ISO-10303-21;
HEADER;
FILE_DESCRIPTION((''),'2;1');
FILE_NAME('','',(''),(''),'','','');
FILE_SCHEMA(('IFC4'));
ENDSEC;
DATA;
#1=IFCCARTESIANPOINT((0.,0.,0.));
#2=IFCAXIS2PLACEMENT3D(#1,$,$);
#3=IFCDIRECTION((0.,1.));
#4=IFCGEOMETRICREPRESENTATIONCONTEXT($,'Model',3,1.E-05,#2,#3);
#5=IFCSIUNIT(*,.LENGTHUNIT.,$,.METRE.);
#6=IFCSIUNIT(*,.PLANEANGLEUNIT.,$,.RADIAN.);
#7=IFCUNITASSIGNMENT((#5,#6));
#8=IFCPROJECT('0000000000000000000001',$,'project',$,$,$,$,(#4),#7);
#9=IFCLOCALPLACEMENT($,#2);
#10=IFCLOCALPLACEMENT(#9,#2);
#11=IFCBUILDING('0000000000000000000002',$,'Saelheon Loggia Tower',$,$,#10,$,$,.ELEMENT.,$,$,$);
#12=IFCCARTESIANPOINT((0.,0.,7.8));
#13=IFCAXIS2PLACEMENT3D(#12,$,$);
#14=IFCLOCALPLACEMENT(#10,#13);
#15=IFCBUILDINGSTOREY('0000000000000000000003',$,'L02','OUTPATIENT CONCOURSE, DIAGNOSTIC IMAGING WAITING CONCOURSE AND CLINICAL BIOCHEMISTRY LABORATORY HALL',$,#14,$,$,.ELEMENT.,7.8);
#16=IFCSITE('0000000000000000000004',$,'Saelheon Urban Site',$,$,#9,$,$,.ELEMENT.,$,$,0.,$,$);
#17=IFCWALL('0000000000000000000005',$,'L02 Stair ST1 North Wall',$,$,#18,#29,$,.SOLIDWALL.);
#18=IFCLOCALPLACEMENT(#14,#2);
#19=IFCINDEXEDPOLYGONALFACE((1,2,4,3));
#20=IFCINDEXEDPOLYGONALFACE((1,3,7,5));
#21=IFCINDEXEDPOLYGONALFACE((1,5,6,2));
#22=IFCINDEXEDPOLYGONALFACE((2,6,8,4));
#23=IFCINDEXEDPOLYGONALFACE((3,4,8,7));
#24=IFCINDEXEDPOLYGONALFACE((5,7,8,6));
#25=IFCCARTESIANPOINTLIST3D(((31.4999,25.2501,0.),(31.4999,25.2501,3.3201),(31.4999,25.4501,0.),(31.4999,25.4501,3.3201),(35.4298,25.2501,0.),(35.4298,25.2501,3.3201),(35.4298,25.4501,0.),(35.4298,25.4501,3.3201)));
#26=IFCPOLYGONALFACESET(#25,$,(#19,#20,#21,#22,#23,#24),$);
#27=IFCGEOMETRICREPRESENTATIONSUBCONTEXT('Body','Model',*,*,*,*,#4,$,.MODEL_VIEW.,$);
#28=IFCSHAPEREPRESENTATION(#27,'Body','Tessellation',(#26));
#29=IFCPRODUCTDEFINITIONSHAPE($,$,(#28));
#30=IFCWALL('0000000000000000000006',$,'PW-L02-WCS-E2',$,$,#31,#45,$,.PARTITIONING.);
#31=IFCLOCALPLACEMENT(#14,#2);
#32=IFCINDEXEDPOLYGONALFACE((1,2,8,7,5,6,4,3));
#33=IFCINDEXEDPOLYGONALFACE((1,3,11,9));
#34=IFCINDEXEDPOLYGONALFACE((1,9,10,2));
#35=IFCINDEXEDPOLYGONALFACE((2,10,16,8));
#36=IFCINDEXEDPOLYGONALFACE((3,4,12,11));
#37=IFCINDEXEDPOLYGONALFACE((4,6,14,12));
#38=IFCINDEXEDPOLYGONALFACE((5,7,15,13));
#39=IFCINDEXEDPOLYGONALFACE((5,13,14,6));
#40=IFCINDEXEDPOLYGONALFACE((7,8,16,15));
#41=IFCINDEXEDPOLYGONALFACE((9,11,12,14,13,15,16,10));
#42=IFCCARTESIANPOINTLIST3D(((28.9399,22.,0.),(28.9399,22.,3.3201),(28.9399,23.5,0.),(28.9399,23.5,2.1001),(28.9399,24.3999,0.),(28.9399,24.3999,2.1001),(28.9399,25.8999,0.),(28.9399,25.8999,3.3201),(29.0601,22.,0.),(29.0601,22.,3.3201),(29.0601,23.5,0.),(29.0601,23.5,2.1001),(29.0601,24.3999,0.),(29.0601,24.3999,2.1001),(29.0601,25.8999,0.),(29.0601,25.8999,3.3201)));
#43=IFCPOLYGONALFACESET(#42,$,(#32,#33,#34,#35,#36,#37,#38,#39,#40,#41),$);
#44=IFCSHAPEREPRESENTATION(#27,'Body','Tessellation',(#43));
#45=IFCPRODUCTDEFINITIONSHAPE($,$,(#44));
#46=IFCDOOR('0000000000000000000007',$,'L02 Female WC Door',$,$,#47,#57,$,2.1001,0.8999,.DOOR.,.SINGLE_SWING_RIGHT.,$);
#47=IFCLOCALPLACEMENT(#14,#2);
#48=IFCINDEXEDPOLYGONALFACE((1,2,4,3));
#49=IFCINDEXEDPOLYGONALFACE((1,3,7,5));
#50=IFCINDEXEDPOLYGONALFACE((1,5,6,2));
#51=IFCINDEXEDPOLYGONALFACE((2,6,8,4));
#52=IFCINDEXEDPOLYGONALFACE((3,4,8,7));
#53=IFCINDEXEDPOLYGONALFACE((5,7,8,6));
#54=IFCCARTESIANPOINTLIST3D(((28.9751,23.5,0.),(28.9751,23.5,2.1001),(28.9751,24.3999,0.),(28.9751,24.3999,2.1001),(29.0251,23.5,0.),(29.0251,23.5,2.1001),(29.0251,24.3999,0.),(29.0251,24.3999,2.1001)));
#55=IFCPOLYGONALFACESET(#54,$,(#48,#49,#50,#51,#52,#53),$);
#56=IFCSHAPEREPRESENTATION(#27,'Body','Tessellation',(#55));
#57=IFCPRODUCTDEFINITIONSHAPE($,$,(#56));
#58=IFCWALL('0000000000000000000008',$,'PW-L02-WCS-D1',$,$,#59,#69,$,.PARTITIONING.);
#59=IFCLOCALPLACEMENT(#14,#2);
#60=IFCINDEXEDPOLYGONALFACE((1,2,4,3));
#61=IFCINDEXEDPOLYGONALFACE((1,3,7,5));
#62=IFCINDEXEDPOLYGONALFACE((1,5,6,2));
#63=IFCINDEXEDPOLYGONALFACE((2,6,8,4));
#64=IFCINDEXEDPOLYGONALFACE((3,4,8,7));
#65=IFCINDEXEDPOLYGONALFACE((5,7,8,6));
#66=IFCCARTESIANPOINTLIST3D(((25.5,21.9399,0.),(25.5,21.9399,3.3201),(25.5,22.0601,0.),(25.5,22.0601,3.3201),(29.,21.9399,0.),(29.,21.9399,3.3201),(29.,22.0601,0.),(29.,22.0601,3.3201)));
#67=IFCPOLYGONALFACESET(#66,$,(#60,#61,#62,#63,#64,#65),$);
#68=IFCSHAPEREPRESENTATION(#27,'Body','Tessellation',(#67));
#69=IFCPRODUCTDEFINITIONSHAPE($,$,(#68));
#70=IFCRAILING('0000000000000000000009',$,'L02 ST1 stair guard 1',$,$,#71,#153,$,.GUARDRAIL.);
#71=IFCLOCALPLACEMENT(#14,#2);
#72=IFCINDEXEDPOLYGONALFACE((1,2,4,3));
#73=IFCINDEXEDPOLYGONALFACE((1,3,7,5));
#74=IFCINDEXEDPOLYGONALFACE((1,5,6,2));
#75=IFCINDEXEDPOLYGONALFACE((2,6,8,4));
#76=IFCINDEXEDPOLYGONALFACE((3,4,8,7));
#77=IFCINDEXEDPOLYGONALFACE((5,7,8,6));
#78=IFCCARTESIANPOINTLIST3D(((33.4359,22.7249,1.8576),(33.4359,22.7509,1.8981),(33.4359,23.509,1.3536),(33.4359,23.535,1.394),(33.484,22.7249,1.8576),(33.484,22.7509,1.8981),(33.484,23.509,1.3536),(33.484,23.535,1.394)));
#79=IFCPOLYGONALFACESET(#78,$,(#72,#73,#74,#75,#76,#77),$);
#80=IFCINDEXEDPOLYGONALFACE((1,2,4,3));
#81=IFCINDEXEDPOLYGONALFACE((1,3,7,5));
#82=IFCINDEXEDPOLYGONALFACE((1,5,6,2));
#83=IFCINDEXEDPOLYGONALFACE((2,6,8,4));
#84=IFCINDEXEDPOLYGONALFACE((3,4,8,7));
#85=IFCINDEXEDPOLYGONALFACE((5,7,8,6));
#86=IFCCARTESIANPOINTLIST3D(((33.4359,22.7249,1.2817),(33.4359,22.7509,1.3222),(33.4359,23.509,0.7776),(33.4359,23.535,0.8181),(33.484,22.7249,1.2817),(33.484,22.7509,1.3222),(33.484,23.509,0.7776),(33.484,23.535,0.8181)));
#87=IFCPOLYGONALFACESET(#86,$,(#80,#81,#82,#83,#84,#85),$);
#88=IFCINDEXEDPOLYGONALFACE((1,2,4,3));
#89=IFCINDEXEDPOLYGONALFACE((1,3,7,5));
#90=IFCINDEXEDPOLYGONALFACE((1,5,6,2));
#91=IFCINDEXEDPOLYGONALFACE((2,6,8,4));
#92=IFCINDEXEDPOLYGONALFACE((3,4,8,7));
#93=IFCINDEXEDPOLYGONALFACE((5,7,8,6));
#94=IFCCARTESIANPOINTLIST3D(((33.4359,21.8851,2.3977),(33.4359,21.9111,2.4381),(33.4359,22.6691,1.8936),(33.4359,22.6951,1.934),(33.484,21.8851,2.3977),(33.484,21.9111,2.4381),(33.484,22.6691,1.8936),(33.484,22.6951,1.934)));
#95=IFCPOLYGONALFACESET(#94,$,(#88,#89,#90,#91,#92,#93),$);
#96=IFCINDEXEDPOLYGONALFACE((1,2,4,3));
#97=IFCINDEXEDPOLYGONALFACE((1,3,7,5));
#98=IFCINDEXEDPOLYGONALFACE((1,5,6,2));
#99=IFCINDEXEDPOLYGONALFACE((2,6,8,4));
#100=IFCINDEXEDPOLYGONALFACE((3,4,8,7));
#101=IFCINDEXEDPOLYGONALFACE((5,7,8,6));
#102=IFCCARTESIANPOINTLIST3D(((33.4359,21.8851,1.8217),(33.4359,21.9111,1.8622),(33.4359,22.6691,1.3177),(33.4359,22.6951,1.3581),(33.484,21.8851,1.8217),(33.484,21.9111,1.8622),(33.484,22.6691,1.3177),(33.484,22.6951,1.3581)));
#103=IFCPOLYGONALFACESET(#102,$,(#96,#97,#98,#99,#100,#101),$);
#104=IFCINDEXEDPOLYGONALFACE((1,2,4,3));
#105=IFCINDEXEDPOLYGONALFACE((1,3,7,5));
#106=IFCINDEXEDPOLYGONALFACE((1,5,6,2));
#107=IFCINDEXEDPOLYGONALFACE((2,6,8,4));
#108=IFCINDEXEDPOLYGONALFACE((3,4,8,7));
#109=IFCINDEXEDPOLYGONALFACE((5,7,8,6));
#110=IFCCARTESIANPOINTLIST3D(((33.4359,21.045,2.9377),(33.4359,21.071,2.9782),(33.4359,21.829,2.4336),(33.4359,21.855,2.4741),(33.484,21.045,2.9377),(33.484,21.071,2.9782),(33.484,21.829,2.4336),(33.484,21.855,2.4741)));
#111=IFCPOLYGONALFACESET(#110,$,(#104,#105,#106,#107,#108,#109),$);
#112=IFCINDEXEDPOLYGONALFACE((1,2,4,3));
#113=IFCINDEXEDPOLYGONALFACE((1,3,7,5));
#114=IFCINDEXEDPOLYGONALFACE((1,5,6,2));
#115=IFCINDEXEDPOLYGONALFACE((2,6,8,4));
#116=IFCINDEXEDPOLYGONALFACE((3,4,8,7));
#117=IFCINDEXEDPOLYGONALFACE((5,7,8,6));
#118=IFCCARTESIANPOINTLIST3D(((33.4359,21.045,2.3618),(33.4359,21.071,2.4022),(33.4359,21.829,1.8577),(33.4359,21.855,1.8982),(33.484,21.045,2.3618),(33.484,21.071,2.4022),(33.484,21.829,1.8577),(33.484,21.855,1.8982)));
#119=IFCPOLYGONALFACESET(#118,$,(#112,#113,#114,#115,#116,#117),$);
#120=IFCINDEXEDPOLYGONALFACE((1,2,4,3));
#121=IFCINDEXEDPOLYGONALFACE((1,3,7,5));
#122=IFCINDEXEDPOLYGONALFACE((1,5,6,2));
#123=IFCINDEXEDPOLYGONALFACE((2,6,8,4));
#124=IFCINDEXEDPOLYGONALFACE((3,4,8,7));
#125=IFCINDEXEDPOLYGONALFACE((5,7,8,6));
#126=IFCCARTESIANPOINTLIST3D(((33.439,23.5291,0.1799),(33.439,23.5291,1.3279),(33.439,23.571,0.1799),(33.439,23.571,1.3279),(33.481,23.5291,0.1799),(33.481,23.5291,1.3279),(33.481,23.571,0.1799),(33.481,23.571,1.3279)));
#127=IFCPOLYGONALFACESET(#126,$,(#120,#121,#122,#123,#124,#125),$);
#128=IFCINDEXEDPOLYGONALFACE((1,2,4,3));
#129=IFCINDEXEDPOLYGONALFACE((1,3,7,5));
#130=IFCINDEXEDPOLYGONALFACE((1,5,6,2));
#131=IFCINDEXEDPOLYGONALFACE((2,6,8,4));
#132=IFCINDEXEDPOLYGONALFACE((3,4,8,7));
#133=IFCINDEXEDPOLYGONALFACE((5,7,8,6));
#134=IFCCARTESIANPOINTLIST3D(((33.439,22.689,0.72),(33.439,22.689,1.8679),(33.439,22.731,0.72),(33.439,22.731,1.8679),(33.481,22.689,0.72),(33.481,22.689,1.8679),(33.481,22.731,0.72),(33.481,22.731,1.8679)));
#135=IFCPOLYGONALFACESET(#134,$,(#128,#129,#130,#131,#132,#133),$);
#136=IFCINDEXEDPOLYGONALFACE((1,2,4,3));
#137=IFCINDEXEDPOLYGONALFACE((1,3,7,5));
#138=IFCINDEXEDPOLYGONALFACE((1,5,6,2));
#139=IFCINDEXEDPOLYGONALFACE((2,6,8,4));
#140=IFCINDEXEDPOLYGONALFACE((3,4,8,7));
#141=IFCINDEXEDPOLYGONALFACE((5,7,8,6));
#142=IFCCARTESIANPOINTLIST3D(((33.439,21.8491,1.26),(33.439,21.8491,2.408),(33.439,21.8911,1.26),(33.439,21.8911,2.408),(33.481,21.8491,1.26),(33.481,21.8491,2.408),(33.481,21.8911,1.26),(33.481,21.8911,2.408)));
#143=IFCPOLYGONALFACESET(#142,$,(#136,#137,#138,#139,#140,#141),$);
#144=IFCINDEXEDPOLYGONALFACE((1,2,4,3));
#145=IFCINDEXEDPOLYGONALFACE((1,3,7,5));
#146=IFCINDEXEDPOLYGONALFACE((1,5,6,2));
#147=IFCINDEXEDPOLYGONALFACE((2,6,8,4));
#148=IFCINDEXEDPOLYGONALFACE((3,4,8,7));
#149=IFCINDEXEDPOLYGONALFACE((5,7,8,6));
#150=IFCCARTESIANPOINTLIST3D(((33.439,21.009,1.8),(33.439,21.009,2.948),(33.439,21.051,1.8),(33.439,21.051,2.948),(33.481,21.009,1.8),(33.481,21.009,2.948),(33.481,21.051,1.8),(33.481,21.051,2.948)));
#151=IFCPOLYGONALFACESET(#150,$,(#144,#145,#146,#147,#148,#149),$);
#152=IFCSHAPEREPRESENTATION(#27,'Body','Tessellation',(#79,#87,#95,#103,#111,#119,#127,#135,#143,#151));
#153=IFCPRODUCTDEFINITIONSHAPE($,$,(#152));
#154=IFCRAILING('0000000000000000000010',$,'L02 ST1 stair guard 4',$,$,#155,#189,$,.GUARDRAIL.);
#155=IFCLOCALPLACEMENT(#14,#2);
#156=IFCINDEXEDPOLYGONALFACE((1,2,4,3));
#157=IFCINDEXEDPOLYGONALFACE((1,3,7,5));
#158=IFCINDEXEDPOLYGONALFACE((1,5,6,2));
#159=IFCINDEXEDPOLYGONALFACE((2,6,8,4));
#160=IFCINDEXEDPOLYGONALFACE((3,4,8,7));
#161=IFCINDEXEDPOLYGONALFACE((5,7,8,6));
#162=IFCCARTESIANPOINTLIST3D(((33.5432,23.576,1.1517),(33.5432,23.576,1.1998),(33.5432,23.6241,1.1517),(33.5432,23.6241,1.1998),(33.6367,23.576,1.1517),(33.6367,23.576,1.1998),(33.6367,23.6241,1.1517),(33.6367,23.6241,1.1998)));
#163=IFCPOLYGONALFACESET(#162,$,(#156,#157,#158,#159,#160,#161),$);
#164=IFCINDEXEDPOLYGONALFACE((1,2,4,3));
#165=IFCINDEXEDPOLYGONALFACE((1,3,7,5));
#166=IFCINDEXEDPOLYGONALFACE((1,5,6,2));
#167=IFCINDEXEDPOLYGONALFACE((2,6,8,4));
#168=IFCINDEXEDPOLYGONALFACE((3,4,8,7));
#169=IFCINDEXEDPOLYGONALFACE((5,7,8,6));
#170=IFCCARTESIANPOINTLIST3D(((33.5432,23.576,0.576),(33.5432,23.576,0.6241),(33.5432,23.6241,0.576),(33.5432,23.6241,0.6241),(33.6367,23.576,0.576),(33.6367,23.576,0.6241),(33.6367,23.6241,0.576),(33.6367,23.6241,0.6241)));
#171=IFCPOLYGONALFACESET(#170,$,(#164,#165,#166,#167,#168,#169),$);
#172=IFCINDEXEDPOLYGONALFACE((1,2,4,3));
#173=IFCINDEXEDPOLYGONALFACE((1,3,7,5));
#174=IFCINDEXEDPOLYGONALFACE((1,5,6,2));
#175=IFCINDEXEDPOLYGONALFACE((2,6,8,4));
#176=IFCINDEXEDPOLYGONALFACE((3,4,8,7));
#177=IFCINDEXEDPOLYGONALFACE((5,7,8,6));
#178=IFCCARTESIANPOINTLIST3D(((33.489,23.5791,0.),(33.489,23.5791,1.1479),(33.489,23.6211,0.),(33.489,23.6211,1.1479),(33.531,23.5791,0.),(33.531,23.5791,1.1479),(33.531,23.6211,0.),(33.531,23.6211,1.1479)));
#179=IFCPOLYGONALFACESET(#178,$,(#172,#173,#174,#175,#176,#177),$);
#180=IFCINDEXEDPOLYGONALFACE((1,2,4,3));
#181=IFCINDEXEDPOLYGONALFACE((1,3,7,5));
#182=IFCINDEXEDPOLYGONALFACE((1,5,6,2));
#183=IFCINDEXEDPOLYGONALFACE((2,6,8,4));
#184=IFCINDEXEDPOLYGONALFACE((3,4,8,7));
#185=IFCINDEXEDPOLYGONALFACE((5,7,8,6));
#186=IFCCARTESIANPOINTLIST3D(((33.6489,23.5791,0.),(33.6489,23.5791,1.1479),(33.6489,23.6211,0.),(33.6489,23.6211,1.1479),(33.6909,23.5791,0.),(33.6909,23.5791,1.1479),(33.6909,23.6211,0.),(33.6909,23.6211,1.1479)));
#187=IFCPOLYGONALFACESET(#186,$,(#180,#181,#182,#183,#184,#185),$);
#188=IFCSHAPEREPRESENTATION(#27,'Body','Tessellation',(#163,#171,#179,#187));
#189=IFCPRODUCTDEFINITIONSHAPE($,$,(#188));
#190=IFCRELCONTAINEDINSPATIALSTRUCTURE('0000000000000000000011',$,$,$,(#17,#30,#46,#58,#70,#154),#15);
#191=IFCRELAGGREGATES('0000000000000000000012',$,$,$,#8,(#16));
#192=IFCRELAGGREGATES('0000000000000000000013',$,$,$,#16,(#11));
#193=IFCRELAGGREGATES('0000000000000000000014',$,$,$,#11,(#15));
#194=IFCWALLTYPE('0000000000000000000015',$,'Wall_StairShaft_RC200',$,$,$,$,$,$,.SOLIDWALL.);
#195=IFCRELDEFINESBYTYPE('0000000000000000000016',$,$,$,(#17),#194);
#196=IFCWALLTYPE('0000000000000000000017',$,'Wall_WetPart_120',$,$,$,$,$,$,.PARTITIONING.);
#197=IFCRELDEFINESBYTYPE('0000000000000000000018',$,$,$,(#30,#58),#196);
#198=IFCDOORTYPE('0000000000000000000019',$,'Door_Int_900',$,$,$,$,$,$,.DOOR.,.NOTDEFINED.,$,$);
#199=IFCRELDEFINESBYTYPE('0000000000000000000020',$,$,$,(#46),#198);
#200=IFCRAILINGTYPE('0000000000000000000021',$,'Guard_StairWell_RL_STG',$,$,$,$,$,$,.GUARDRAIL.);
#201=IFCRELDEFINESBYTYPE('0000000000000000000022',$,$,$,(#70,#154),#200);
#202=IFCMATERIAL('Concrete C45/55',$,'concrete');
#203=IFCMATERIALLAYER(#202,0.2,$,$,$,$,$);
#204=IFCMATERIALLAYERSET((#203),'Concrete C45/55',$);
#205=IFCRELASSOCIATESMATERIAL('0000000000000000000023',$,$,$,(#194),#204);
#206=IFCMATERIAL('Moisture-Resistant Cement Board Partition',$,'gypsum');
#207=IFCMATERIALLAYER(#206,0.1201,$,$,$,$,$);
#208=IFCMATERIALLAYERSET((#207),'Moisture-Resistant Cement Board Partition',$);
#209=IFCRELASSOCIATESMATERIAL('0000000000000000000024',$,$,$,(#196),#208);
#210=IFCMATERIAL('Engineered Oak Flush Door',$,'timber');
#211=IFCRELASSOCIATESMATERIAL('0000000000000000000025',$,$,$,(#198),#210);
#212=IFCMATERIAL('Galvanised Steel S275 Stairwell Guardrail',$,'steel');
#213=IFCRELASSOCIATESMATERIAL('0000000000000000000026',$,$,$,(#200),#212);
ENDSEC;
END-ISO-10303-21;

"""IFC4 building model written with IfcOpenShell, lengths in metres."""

from ifc_helpers import new_model, si_unit, direction, frame, frame_2d, origin, origin_2d, place, context, subcontext, project, spatial, rectangle, extrude, source, transform, mapped, material, layer, layer_set, type_object, element, fill, save


model = new_model("IFC4")

# Units and contexts
model_context = context("Model", 3, precision=1e-05, world=origin(), true_north=direction((0.0, 1.0)))
body_context = subcontext(model_context, "Body", "Model", "MODEL_VIEW")
ifc_project = project(units=[si_unit("LENGTHUNIT", "METRE"), si_unit("PLANEANGLEUNIT", "RADIAN")], contexts=[model_context])

# Site, building, storey
site_placement = place(None, origin())
site = spatial("IfcSite", under=ifc_project, at=site_placement, Name="Saelheon Urban Site", CompositionType="ELEMENT", RefElevation=0.0)
building_placement = place(site_placement, origin())
building = spatial("IfcBuilding", under=site, at=building_placement, Name="Saelheon Loggia Tower", CompositionType="ELEMENT")
storey_placement = place(building_placement, frame((0.0, 0.0, 7.8)))
storey = spatial("IfcBuildingStorey", under=building, at=storey_placement, Name="L02", Description="OUTPATIENT CONCOURSE, DIAGNOSTIC IMAGING WAITING CONCOURSE AND CLINICAL BIOCHEMISTRY LABORATORY HALL", CompositionType="ELEMENT", Elevation=7.8)

# Wall
ifc_material_1 = material(Name="Concrete C45/55", Category="concrete")
ifc_layer_1 = layer(ifc_material_1, 0.2)
ifc_layer_set_1 = layer_set([ifc_layer_1], Name="Concrete C45/55")
wall_type_1 = type_object("IfcWallType", Name="Wall_StairShaft_RC200", PredefinedType="SOLIDWALL", material=ifc_layer_set_1)
wall_1_placement = place(storey_placement, frame((31.5, 25.3501, 0.0), z_axis=(0.0, 0.0, 1.0), x_axis=(1.0, 0.0, 0.0)))
element("IfcWall", 1, at=wall_1_placement, inside=storey, type_object=wall_type_1, Name="L02 Stair ST1 North Wall", PredefinedType="SOLIDWALL", context=body_context, shape_type="SweptSolid", body=[
    extrude(rectangle(XDim=3.9299, YDim=0.2, at=frame_2d((1.9648, 0.0))), origin(), (0.0, 0.0, 1.0), 3.3201),
])

# Wall, opening, door
ifc_material_2 = material(Name="Moisture-Resistant Cement Board Partition", Category="gypsum")
ifc_layer_2 = layer(ifc_material_2, 0.1201)
ifc_layer_set_2 = layer_set([ifc_layer_2], Name="Moisture-Resistant Cement Board Partition")
wall_type_2 = type_object("IfcWallType", Name="Wall_WetPart_120", PredefinedType="PARTITIONING", material=ifc_layer_set_2)
wall_2_placement = place(storey_placement, frame((29.0, 22.0, 0.0), z_axis=(0.0, 0.0, 1.0), x_axis=(0.0, 1.0, 0.0)))
wall_2 = element("IfcWall", 2, at=wall_2_placement, inside=storey, type_object=wall_type_2, Name="PW-L02-WCS-E2", PredefinedType="PARTITIONING", context=body_context, shape_type="SweptSolid", body=[
    extrude(rectangle(XDim=3.8999, YDim=0.1201, at=frame_2d((1.95, 0.0))), origin(), (0.0, 0.0, 1.0), 3.3201),
])
opening_1_placement = place(wall_2_placement, frame((1.5, 0.0, 0.0)))
opening_1 = element("IfcOpeningElement", 3, at=opening_1_placement, cuts=wall_2, PredefinedType="OPENING", context=body_context, shape_type="SweptSolid", body=[
    extrude(rectangle(XDim=0.8999, YDim=2.1001, at=frame_2d((0.45, 1.05))), frame((0.0, 0.072, 0.0), z_axis=(0.0, -1.0, 0.0), x_axis=(1.0, 0.0, 0.0)), (0.0, 0.0, 1.0), 0.144),
])
ifc_material_3 = material(Name="Engineered Oak Flush Door", Category="timber")
door_type_1 = type_object("IfcDoorType", Name="Door_Int_900", OperationType="NOTDEFINED", PredefinedType="DOOR", material=ifc_material_3)
shared_shape_1 = source(origin(), body_context, "Body", "SweptSolid", [
    extrude(rectangle(XDim=0.8999, YDim=2.1001, at=frame_2d((0.45, 1.05))), frame((0.0, 0.0249, 0.0), z_axis=(0.0, -1.0, 0.0), x_axis=(1.0, 0.0, 0.0)), (0.0, 0.0, 1.0), 0.05),
])
door_1_placement = place(opening_1_placement, origin())
door_1 = element("IfcDoor", 4, at=door_1_placement, inside=storey, type_object=door_type_1, Name="L02 Female WC Door", OperationType="SINGLE_SWING_RIGHT", OverallHeight=2.1001, OverallWidth=0.8999, PredefinedType="DOOR", context=body_context, shape_type="MappedRepresentation", body=[
    mapped(shared_shape_1, transform((0.0, 0.0, 0.0), scale=1.0)),
])
fill(opening_1, door_1)

# Wall
wall_3_placement = place(storey_placement, frame((25.5, 22.0, 0.0), z_axis=(0.0, 0.0, 1.0), x_axis=(1.0, 0.0, 0.0)))
element("IfcWall", 5, at=wall_3_placement, inside=storey, type_object=wall_type_2, Name="PW-L02-WCS-D1", PredefinedType="PARTITIONING", context=body_context, shape_type="SweptSolid", body=[
    extrude(rectangle(XDim=3.5, YDim=0.1201, at=frame_2d((1.75, 0.0))), origin(), (0.0, 0.0, 1.0), 3.3201),
])

# Railings
ifc_material_4 = material(Name="Galvanised Steel S275 Stairwell Guardrail", Category="steel")
railing_type_1 = type_object("IfcRailingType", Name="Guard_StairWell_RL_STG", PredefinedType="GUARDRAIL", material=ifc_material_4)
railing_1_placement = place(storey_placement, frame((33.46, 23.55, 0.1799)))
element("IfcRailing", 6, at=railing_1_placement, inside=storey, type_object=railing_type_1, Name="L02 ST1 stair guard 1", PredefinedType="GUARDRAIL", context=body_context, shape_type="SweptSolid", body=[
    extrude(rectangle(XDim=0.0481, YDim=0.0481, at=origin_2d()), frame((0.0, -0.0281, 1.1938), z_axis=(0.0, -0.841163, 0.540782), x_axis=(1.0, 0.0, 0.0)), (0.0, 0.0, 1.0), 0.9321),
    extrude(rectangle(XDim=0.0481, YDim=0.0481, at=origin_2d()), frame((0.0, -0.0281, 0.6179), z_axis=(0.0, -0.841163, 0.540782), x_axis=(1.0, 0.0, 0.0)), (0.0, 0.0, 1.0), 0.9321),
    extrude(rectangle(XDim=0.0481, YDim=0.0481, at=origin_2d()), frame((0.0, -0.8679, 1.7339), z_axis=(0.0, -0.841163, 0.540782), x_axis=(1.0, 0.0, 0.0)), (0.0, 0.0, 1.0), 0.9321),
    extrude(rectangle(XDim=0.0481, YDim=0.0481, at=origin_2d()), frame((0.0, -0.8679, 1.158), z_axis=(0.0, -0.841163, 0.540782), x_axis=(1.0, 0.0, 0.0)), (0.0, 0.0, 1.0), 0.9321),
    extrude(rectangle(XDim=0.0481, YDim=0.0481, at=origin_2d()), frame((0.0, -1.708, 2.2739), z_axis=(0.0, -0.841163, 0.540782), x_axis=(1.0, 0.0, 0.0)), (0.0, 0.0, 1.0), 0.9321),
    extrude(rectangle(XDim=0.0481, YDim=0.0481, at=origin_2d()), frame((0.0, -1.708, 1.698), z_axis=(0.0, -0.841163, 0.540782), x_axis=(1.0, 0.0, 0.0)), (0.0, 0.0, 1.0), 0.9321),
    extrude(rectangle(XDim=0.042, YDim=0.042, at=origin_2d()), origin(), (0.0, 0.0, 1.0), 1.1479),
    extrude(rectangle(XDim=0.042, YDim=0.042, at=origin_2d()), frame((0.0, -0.8401, 0.54)), (0.0, 0.0, 1.0), 1.1479),
    extrude(rectangle(XDim=0.042, YDim=0.042, at=origin_2d()), frame((0.0, -1.6799, 1.0801)), (0.0, 0.0, 1.0), 1.1479),
    extrude(rectangle(XDim=0.042, YDim=0.042, at=origin_2d()), frame((0.0, -2.52, 1.6201)), (0.0, 0.0, 1.0), 1.1479),
])
railing_2_placement = place(storey_placement, frame((33.51, 23.6001, 0.0)))
element("IfcRailing", 7, at=railing_2_placement, inside=storey, type_object=railing_type_1, Name="L02 ST1 stair guard 4", PredefinedType="GUARDRAIL", context=body_context, shape_type="SweptSolid", body=[
    extrude(rectangle(XDim=0.0481, YDim=0.0481, at=origin_2d()), frame((0.0332, 0.0, 1.1758), z_axis=(1.0, 0.0, 0.0), x_axis=(0.0, 1.0, 0.0)), (0.0, 0.0, 1.0), 0.0935),
    extrude(rectangle(XDim=0.0481, YDim=0.0481, at=origin_2d()), frame((0.0332, 0.0, 0.6001), z_axis=(1.0, 0.0, 0.0), x_axis=(0.0, 1.0, 0.0)), (0.0, 0.0, 1.0), 0.0935),
    extrude(rectangle(XDim=0.042, YDim=0.042, at=origin_2d()), origin(), (0.0, 0.0, 1.0), 1.1479),
    extrude(rectangle(XDim=0.042, YDim=0.042, at=origin_2d()), frame((0.1599, 0.0, 0.0)), (0.0, 0.0, 1.0), 1.1479),
])

save(model, "model.ifc")
